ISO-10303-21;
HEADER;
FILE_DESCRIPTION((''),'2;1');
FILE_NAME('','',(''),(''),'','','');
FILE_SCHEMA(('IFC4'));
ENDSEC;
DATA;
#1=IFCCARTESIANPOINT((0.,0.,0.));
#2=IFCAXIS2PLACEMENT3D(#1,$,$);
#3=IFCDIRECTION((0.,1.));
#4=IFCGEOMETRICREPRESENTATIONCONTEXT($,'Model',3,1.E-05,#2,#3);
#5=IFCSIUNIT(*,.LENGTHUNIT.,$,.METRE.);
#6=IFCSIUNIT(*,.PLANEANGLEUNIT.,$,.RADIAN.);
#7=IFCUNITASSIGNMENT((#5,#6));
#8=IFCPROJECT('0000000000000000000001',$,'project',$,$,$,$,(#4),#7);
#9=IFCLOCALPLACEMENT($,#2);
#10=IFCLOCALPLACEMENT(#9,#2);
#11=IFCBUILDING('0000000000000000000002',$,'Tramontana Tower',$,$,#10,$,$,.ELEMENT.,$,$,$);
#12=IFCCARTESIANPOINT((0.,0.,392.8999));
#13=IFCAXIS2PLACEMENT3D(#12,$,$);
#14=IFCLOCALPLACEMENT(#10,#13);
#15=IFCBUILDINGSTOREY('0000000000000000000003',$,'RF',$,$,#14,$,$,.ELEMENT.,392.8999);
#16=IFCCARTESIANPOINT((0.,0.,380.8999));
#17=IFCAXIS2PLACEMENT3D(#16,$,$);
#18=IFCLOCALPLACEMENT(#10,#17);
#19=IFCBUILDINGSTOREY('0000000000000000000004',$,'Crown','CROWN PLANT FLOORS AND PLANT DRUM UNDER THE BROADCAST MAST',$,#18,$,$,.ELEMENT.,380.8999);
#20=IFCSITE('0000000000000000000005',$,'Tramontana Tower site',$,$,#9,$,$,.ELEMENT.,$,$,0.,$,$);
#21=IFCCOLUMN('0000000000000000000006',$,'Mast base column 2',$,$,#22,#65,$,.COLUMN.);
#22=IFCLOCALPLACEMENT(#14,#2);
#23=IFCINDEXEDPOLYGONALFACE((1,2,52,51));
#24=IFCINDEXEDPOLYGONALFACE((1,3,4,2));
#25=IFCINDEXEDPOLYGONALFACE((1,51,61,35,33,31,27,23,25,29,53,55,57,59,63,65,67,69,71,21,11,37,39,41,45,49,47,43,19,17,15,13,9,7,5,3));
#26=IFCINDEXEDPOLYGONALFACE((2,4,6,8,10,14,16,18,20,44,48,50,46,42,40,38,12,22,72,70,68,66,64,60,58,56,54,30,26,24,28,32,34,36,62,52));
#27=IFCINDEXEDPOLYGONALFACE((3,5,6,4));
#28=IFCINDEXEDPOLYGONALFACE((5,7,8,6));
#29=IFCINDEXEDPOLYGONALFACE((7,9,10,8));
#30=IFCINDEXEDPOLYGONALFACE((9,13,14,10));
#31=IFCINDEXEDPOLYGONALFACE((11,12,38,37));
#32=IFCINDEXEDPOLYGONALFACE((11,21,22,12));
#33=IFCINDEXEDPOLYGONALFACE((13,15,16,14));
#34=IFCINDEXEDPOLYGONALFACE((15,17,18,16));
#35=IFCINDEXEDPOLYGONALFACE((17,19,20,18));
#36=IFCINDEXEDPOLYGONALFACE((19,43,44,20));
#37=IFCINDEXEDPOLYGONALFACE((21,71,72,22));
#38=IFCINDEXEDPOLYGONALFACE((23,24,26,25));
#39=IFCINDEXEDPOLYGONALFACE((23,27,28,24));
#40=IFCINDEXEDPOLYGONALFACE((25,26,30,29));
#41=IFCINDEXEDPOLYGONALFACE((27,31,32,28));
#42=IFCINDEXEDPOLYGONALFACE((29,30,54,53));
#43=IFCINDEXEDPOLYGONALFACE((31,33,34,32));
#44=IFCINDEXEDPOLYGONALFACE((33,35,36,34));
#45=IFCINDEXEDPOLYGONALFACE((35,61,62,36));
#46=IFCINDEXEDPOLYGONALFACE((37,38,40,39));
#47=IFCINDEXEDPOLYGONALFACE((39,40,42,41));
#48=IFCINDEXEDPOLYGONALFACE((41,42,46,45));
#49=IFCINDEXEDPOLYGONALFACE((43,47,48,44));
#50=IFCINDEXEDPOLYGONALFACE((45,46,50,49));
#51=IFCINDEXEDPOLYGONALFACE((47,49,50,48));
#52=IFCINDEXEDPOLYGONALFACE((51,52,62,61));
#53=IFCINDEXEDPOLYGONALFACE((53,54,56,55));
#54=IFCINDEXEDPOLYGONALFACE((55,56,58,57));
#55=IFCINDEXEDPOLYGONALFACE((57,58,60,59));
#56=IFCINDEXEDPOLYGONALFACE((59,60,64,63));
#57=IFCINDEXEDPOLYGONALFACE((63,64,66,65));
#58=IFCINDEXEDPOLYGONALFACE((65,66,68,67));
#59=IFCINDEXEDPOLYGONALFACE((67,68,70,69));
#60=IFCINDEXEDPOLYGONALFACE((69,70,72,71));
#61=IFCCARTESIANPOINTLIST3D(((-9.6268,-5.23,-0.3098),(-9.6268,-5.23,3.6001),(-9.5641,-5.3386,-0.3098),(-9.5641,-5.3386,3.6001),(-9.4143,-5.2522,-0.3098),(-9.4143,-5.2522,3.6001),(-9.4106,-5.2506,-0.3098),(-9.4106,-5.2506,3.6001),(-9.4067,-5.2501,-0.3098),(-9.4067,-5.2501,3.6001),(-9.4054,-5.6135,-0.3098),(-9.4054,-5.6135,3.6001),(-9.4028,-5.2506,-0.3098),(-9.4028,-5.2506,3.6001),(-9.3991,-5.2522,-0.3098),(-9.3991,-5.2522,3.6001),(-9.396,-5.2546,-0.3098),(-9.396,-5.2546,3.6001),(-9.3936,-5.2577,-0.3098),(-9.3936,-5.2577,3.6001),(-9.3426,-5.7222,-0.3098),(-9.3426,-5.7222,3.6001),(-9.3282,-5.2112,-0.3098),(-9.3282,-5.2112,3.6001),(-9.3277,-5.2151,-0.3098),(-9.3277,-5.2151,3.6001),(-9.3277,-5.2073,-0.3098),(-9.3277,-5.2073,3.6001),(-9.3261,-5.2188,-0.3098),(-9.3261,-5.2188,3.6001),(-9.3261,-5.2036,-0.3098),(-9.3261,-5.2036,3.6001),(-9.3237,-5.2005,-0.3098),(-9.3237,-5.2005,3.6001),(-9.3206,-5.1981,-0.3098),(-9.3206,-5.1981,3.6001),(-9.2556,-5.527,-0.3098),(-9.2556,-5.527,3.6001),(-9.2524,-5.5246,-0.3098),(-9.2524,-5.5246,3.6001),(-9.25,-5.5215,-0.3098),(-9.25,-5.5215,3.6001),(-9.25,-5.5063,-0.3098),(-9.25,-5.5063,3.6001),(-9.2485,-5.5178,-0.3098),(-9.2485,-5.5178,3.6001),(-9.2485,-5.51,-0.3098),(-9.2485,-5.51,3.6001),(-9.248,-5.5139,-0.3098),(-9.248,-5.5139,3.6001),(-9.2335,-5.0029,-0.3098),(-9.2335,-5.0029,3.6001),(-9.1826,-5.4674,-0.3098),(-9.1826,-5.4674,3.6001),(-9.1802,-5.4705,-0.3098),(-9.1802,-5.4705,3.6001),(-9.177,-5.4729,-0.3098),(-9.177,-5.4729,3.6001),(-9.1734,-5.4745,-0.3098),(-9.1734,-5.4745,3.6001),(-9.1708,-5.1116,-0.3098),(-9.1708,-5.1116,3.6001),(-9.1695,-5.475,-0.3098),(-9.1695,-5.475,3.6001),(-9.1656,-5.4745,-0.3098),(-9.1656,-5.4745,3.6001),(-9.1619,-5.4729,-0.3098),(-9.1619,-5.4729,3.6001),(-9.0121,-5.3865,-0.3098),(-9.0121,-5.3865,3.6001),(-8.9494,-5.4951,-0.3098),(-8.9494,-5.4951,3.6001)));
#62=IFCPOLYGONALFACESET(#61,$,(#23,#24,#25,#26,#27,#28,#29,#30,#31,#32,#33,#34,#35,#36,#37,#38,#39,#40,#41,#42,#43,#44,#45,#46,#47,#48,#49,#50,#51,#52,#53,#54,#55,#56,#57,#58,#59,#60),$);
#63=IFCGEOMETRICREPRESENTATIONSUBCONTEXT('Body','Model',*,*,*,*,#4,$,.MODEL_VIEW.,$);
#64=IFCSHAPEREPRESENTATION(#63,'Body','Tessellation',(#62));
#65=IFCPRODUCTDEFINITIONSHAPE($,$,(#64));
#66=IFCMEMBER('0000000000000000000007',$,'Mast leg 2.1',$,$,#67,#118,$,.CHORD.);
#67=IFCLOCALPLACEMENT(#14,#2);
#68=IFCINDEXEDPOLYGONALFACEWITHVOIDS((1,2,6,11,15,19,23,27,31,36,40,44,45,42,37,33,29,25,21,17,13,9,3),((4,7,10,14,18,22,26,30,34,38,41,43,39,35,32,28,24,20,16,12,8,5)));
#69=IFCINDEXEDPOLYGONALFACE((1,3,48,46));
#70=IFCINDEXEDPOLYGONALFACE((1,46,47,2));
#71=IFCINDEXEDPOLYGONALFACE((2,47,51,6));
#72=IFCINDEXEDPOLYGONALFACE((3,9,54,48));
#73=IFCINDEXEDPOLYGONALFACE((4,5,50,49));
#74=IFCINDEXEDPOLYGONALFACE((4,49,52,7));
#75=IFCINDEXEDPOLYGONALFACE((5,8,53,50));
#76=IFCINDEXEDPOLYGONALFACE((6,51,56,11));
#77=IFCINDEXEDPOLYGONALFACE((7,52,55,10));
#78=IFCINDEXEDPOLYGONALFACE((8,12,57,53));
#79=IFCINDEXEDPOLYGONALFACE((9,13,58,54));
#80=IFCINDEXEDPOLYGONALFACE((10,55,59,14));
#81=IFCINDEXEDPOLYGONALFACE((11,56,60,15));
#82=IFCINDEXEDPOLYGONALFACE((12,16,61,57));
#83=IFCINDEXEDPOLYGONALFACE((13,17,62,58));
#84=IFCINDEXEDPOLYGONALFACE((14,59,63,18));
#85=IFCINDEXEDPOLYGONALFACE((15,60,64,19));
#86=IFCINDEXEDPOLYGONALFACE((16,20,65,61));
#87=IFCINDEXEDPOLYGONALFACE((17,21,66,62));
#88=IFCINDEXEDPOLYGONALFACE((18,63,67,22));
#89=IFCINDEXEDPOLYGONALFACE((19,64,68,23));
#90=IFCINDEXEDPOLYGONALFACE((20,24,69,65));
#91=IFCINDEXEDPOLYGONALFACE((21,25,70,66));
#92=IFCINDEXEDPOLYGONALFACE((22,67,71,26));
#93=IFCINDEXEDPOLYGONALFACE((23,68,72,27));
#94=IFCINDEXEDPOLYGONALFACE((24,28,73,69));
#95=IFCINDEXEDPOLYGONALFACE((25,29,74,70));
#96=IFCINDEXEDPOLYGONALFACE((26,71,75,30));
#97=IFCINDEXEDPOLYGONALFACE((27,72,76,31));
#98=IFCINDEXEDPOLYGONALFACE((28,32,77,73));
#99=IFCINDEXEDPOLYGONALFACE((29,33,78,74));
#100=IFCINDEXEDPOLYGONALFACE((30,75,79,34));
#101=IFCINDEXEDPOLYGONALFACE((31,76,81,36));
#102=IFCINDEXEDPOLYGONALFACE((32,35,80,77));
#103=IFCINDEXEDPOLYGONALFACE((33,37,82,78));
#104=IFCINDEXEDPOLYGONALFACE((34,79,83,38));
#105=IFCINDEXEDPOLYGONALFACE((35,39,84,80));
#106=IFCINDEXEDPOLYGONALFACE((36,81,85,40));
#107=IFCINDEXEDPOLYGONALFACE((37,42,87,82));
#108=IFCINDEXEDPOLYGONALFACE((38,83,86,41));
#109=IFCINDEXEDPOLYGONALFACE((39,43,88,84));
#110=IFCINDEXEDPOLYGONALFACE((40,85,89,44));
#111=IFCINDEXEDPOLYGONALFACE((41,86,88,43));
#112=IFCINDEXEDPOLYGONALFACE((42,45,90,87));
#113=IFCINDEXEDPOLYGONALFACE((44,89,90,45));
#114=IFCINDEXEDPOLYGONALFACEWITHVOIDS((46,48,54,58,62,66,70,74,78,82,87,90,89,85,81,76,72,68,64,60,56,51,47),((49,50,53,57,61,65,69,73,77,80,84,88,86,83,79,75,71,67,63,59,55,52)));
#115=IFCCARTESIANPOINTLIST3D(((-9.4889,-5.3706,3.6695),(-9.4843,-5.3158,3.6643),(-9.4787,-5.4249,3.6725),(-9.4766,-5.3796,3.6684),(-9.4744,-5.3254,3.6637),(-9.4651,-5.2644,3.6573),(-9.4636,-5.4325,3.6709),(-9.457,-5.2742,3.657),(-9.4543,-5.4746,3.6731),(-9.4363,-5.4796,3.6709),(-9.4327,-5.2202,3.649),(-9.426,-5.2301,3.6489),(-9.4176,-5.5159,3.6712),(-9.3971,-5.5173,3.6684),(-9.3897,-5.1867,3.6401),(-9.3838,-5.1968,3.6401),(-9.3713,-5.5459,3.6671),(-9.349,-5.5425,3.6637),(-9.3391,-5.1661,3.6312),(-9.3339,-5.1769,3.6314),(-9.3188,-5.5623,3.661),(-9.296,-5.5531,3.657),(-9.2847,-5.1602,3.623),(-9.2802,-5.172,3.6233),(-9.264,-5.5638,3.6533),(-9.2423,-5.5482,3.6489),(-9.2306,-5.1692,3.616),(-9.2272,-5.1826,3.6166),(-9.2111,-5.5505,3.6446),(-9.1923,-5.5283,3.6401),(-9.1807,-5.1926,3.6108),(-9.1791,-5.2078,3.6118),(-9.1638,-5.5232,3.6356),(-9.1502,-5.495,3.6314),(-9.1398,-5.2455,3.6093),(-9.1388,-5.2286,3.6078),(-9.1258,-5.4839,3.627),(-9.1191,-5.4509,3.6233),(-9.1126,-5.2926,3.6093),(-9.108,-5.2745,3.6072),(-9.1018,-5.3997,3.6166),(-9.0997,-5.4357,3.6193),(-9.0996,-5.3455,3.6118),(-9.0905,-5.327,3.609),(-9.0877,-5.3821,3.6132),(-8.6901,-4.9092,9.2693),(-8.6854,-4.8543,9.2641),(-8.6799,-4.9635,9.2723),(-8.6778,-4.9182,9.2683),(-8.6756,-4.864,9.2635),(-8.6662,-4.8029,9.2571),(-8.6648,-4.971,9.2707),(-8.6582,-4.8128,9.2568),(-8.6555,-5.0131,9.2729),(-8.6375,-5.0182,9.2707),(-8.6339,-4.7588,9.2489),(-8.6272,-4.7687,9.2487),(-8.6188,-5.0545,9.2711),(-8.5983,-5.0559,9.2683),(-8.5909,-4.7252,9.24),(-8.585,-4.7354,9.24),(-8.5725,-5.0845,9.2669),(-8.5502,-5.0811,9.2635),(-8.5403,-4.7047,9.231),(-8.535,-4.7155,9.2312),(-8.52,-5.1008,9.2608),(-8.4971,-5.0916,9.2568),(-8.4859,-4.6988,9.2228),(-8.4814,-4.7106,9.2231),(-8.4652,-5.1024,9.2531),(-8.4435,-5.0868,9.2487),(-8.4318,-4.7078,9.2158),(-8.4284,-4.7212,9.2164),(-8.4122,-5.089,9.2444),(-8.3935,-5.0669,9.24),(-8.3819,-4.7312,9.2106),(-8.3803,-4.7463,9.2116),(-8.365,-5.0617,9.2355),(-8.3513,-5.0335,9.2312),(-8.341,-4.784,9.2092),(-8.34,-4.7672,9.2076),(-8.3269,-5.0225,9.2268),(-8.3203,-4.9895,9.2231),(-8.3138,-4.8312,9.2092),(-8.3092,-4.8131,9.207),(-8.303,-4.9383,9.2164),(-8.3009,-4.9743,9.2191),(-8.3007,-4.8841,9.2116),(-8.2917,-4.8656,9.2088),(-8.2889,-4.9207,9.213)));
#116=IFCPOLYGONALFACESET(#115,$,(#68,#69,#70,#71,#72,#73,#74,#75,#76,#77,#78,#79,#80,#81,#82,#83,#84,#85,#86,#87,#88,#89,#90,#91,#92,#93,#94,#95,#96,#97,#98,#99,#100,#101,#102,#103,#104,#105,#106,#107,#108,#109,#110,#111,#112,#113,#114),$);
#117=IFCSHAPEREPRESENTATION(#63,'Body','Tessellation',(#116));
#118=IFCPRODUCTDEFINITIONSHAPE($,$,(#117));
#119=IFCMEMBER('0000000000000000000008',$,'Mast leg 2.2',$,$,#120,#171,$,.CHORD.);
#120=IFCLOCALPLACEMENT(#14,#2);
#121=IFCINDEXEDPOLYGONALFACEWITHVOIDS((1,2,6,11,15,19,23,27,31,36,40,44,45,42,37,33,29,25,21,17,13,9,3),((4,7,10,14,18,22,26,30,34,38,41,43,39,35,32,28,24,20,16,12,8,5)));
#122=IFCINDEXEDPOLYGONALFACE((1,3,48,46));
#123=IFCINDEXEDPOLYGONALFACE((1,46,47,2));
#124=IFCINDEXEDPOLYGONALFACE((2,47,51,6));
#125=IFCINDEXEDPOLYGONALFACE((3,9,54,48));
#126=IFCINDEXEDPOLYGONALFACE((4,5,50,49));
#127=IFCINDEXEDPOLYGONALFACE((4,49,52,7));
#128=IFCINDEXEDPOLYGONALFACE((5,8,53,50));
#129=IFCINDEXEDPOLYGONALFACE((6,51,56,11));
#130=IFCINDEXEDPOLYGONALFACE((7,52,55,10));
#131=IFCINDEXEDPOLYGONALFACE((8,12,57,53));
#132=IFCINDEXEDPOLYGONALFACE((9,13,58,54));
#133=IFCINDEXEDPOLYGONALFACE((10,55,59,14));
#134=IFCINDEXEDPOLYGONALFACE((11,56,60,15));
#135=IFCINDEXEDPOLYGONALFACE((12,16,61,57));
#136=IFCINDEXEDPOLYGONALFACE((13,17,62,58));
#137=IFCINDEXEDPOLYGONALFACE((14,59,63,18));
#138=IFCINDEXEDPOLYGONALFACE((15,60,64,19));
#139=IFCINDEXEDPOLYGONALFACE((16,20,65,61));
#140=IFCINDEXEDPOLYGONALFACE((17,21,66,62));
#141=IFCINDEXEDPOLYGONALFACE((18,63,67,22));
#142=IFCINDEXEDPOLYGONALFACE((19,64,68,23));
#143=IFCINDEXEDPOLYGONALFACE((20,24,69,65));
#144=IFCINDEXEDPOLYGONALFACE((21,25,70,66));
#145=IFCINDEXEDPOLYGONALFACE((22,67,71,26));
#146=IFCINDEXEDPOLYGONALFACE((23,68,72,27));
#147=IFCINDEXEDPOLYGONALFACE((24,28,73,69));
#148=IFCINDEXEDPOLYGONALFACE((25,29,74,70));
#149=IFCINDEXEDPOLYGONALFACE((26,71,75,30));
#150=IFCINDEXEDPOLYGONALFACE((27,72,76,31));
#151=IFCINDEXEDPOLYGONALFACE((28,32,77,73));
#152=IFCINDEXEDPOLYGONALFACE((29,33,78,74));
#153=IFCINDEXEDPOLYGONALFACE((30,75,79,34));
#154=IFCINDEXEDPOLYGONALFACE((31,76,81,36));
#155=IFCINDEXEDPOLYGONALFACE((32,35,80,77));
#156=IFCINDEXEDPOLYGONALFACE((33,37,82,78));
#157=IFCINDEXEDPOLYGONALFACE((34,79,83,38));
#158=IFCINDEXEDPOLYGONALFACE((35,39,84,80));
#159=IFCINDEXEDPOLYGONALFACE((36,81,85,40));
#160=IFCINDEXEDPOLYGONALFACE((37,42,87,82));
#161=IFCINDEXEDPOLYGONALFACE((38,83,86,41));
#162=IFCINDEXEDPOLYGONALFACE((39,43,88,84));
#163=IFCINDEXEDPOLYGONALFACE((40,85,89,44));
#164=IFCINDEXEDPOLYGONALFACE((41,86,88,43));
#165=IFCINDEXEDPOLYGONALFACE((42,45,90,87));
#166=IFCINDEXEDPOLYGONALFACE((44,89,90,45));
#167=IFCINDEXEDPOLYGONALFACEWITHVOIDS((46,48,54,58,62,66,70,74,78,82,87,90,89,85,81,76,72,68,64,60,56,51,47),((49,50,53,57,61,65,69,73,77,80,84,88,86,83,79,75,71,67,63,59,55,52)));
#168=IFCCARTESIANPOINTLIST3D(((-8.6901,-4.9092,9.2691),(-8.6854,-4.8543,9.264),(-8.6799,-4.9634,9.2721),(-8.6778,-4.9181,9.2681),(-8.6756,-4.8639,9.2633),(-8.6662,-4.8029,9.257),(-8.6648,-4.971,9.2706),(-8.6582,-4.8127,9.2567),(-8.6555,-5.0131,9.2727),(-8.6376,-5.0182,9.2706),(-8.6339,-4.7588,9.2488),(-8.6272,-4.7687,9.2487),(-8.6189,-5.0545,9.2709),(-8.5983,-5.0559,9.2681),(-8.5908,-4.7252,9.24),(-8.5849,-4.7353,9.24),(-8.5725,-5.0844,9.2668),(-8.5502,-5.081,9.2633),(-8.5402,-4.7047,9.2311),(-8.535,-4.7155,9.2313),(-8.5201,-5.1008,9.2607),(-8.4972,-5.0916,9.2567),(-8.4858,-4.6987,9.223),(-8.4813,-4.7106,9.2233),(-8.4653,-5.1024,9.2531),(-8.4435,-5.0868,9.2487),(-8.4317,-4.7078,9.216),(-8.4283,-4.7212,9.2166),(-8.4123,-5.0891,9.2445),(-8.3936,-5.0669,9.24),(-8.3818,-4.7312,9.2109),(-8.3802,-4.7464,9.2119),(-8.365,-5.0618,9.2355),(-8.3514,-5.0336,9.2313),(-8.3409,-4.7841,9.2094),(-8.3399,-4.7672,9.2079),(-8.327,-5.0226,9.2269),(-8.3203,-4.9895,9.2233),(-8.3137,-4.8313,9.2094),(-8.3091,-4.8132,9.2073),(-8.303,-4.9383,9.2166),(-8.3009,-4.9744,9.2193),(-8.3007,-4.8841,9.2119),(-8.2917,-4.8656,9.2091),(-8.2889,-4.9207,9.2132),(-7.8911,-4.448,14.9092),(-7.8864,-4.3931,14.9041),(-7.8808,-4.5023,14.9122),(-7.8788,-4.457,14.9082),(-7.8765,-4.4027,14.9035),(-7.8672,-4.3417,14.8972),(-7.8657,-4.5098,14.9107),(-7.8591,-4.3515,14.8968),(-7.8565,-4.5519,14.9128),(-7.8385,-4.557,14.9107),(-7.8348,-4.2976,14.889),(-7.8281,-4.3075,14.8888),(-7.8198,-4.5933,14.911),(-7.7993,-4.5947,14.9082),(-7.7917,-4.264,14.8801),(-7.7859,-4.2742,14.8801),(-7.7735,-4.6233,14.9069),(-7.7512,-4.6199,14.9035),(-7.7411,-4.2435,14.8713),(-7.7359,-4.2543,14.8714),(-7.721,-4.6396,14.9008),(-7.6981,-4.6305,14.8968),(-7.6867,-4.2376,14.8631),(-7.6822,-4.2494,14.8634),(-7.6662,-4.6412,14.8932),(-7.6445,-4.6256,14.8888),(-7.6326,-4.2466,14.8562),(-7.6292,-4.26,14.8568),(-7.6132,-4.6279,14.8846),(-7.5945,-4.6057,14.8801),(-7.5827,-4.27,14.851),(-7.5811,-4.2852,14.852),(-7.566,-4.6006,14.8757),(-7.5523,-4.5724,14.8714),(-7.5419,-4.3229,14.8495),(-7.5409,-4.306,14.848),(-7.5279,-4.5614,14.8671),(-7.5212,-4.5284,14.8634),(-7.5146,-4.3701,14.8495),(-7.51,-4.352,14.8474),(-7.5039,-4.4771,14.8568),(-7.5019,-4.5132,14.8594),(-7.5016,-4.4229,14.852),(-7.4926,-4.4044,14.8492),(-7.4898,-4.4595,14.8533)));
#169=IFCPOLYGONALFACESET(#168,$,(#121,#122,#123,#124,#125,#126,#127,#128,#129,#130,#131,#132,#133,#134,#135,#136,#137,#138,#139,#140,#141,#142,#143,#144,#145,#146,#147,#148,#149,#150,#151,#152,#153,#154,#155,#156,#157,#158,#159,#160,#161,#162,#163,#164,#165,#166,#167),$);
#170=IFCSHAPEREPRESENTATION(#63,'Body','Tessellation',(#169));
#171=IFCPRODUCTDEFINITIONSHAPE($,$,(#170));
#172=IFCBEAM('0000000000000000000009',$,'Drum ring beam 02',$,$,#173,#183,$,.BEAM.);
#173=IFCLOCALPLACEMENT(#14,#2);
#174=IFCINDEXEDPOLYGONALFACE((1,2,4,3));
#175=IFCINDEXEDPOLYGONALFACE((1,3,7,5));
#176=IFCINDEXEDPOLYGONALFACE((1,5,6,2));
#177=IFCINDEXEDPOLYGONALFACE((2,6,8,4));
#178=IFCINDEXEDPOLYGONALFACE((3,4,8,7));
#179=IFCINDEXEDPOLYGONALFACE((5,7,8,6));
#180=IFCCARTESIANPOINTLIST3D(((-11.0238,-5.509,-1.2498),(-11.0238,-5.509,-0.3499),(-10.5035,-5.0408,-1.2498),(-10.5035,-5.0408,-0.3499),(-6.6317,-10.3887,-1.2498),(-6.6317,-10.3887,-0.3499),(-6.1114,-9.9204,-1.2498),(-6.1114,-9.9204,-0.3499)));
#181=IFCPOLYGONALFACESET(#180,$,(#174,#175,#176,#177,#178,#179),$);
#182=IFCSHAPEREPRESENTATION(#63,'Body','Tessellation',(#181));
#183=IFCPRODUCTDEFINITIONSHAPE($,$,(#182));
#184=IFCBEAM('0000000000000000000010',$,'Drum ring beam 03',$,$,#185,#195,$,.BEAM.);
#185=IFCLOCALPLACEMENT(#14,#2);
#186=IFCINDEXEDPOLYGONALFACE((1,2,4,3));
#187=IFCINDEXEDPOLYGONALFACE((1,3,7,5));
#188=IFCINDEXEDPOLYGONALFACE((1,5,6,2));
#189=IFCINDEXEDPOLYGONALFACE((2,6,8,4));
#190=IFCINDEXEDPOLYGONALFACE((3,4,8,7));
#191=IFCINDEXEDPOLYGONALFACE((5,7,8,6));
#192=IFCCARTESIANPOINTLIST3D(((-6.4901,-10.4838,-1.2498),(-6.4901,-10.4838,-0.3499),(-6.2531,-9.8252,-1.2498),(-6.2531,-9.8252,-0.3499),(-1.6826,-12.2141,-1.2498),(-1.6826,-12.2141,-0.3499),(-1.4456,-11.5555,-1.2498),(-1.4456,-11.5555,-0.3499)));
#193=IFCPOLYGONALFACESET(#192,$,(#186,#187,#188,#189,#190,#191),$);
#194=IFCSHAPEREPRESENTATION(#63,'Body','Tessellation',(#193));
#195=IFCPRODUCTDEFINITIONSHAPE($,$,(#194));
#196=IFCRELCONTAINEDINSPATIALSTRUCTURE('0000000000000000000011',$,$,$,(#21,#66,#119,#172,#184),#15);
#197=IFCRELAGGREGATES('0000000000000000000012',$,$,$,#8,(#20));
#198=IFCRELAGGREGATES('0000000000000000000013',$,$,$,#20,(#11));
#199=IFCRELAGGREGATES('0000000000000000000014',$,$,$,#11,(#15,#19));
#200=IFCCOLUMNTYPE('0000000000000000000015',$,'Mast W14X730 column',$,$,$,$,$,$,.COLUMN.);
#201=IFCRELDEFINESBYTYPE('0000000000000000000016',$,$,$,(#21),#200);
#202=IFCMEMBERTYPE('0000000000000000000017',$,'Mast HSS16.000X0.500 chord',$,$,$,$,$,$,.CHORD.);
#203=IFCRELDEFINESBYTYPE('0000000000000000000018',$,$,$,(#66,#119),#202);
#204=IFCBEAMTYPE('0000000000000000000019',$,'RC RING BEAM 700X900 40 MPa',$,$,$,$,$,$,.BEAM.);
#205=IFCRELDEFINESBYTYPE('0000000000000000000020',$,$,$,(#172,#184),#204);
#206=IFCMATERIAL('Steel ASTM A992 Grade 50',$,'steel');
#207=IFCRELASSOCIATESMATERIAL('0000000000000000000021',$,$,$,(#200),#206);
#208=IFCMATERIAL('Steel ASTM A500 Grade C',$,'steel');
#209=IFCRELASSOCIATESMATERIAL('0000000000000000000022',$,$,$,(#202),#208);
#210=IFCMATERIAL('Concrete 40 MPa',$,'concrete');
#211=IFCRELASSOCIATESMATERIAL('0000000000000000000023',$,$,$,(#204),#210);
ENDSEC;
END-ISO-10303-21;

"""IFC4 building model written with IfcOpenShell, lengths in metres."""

from ifc_helpers import new_model, si_unit, direction, frame, origin, origin_2d, place, context, subcontext, project, spatial, rectangle, hollow_circle, i_section, extrude, material, material_profile, profile_set, type_object, element, save


model = new_model("IFC4")

# Units and contexts
model_context = context("Model", 3, precision=1e-05, world=origin(), true_north=direction((0.0, 1.0)))
body_context = subcontext(model_context, "Body", "Model", "MODEL_VIEW")
ifc_project = project(units=[si_unit("LENGTHUNIT", "METRE"), si_unit("PLANEANGLEUNIT", "RADIAN")], contexts=[model_context])

# Site, building, storey
site_placement = place(None, origin())
site = spatial("IfcSite", under=ifc_project, at=site_placement, Name="Tramontana Tower site", CompositionType="ELEMENT", RefElevation=0.0)
building_placement = place(site_placement, origin())
building = spatial("IfcBuilding", under=site, at=building_placement, Name="Tramontana Tower", CompositionType="ELEMENT")
storey_1_placement = place(building_placement, frame((0.0, 0.0, 392.8999)))
storey_1 = spatial("IfcBuildingStorey", under=building, at=storey_1_placement, Name="RF", CompositionType="ELEMENT", Elevation=392.8999)

# Column
ifc_material_1 = material(Name="Steel ASTM A992 Grade 50", Category="steel")
ifc_material_profile_1 = material_profile(ifc_material_1, i_section(OverallWidth=0.4541, OverallDepth=0.5684, WebThickness=0.0779, FlangeThickness=0.1255, FilletRadius=0.0151, at=origin_2d()), Name="W14X730")
ifc_profile_set_1 = profile_set([ifc_material_profile_1], Name="Steel ASTM A992 Grade 50")
column_type = type_object("IfcColumnType", Name="Mast W14X730 column", PredefinedType="COLUMN", material=ifc_profile_set_1)
column_placement = place(storey_1_placement, frame((-9.2881, -5.3625, -0.3098), z_axis=(0.0, 0.0, 1.0), x_axis=(-0.866025, -0.5, 0.0)))
element("IfcColumn", 1, at=column_placement, inside=storey_1, type_object=column_type, Name="Mast base column 2", PredefinedType="COLUMN", context=body_context, shape_type="SweptSolid", body=[
    extrude(i_section(OverallWidth=0.4541, OverallDepth=0.5684, WebThickness=0.0779, FlangeThickness=0.1255, FilletRadius=0.0151, at=origin_2d()), origin(), (0.0, 0.0, 1.0), 3.9099),
])

# Members
ifc_material_2 = material(Name="Steel ASTM A500 Grade C", Category="steel")
ifc_material_profile_2 = material_profile(ifc_material_2, hollow_circle(Radius=0.2031, WallThickness=0.0117, at=origin_2d()), Name="HSS16.000X0.500")
ifc_profile_set_2 = profile_set([ifc_material_profile_2], Name="Steel ASTM A500 Grade C")
member_type = type_object("IfcMemberType", Name="Mast HSS16.000X0.500 chord", PredefinedType="CHORD", material=ifc_profile_set_2)
member_1_placement = place(storey_1_placement, frame((-9.2881, -5.3625, 3.6401), z_axis=(0.140754, 0.081304, 0.986701), x_axis=(-0.500181, 0.865921, 0.0)))
element("IfcMember", 2, at=member_1_placement, inside=storey_1, type_object=member_type, Name="Mast leg 2.1", PredefinedType="CHORD", context=body_context, shape_type="SweptSolid", body=[
    extrude(hollow_circle(Radius=0.2031, WallThickness=0.0117, at=origin_2d()), origin(), (0.0, 0.0, 1.0), 5.6753),
])
member_2_placement = place(storey_1_placement, frame((-8.4893, -4.9011, 9.24), z_axis=(0.139818, 0.080695, 0.986884), x_axis=(-0.499868, 0.866102, 0.0)))
element("IfcMember", 3, at=member_2_placement, inside=storey_1, type_object=member_type, Name="Mast leg 2.2", PredefinedType="CHORD", context=body_context, shape_type="SweptSolid", body=[
    extrude(hollow_circle(Radius=0.2031, WallThickness=0.0117, at=origin_2d()), origin(), (0.0, 0.0, 1.0), 5.7151),
])

# Beams
ifc_material_3 = material(Name="Concrete 40 MPa", Category="concrete")
ifc_material_profile_3 = material_profile(ifc_material_3, rectangle(XDim=0.7, YDim=0.8999, at=origin_2d()), Name="RC RING BEAM 700X900 40 MPa")
ifc_profile_set_3 = profile_set([ifc_material_profile_3], Name="Concrete 40 MPa")
beam_type = type_object("IfcBeamType", Name="RC RING BEAM 700X900 40 MPa", PredefinedType="BEAM", material=ifc_profile_set_3)
beam_1_placement = place(storey_1_placement, frame((-10.7637, -5.2749, -0.7998), z_axis=(0.669, -0.743263, 0.0), x_axis=(0.743263, 0.669, 0.0)))
element("IfcBeam", 4, at=beam_1_placement, inside=storey_1, type_object=beam_type, Name="Drum ring beam 02", PredefinedType="BEAM", context=body_context, shape_type="SweptSolid", body=[
    extrude(rectangle(XDim=0.7, YDim=0.8999, at=origin_2d()), origin(), (0.0, 0.0, 1.0), 6.5652),
])
beam_2_placement = place(storey_1_placement, frame((-6.3716, -10.1545, -0.7998), z_axis=(0.940914, -0.338645, 0.0), x_axis=(0.338645, 0.940914, 0.0)))
element("IfcBeam", 5, at=beam_2_placement, inside=storey_1, type_object=beam_type, Name="Drum ring beam 03", PredefinedType="BEAM", context=body_context, shape_type="SweptSolid", body=[
    extrude(rectangle(XDim=0.7, YDim=0.8999, at=origin_2d()), origin(), (0.0, 0.0, 1.0), 5.1094),
])

# Shared definitions
storey_2_placement = place(building_placement, frame((0.0, 0.0, 380.8999)))
storey_2 = spatial("IfcBuildingStorey", under=building, at=storey_2_placement, Name="Crown", Description="CROWN PLANT FLOORS AND PLANT DRUM UNDER THE BROADCAST MAST", CompositionType="ELEMENT", Elevation=380.8999)

save(model, "model.ifc")
